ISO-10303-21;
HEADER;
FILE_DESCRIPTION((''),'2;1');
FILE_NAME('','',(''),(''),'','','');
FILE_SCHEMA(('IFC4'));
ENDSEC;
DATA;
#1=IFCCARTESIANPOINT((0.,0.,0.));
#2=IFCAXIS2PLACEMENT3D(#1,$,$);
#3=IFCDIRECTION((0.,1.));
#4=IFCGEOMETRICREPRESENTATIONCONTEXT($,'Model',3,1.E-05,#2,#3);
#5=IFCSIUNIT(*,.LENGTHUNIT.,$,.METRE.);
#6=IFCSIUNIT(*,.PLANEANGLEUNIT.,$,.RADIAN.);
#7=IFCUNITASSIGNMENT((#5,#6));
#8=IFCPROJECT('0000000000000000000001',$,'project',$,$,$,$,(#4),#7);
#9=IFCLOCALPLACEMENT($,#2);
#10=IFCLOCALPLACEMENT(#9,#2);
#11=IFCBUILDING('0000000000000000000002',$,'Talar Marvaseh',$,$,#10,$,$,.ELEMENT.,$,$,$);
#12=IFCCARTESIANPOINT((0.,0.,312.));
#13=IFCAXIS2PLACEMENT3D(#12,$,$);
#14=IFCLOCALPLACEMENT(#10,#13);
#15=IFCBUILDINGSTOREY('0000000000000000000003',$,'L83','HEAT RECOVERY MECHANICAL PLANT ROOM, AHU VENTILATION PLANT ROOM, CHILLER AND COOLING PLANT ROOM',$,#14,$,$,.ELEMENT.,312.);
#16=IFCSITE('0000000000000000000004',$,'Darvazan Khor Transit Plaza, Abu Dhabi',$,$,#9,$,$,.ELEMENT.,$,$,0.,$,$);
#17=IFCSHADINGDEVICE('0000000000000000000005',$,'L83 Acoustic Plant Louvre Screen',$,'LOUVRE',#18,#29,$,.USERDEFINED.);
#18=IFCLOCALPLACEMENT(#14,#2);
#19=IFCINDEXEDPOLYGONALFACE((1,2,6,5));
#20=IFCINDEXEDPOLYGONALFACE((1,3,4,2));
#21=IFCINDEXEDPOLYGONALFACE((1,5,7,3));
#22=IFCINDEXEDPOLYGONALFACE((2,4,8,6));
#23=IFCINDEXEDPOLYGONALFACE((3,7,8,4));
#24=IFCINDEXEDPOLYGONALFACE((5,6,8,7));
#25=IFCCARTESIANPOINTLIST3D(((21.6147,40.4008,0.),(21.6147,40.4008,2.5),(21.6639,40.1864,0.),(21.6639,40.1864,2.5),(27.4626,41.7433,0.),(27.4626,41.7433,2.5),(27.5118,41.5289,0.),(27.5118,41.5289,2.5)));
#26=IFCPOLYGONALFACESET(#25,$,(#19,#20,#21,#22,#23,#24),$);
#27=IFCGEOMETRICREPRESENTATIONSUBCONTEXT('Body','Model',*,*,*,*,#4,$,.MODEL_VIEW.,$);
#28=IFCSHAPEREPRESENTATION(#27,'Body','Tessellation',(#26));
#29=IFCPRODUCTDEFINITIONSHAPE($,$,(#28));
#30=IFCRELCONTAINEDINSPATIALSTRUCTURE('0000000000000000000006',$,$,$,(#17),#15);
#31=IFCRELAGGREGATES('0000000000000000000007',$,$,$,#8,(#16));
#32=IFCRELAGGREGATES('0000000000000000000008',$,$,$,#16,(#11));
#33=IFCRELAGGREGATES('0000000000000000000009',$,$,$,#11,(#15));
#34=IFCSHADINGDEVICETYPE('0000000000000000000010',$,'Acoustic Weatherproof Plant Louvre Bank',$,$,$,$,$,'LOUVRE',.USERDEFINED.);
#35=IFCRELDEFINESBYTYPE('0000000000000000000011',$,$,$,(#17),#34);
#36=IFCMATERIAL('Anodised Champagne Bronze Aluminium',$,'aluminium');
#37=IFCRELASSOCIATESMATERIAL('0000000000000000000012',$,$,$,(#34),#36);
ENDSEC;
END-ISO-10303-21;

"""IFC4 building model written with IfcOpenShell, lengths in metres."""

from ifc_helpers import new_model, si_unit, direction, frame, origin, origin_2d, place, context, subcontext, project, spatial, rectangle, extrude, source, transform, mapped, material, type_object, type_shapes, element, save


model = new_model("IFC4")

# Units and contexts
model_context = context("Model", 3, precision=1e-05, world=origin(), true_north=direction((0.0, 1.0)))
body_context = subcontext(model_context, "Body", "Model", "MODEL_VIEW")
ifc_project = project(units=[si_unit("LENGTHUNIT", "METRE"), si_unit("PLANEANGLEUNIT", "RADIAN")], contexts=[model_context])

# Site, building, storey
site_placement = place(None, origin())
site = spatial("IfcSite", under=ifc_project, at=site_placement, Name="Darvazan Khor Transit Plaza, Abu Dhabi", CompositionType="ELEMENT", RefElevation=0.0)
building_placement = place(site_placement, origin())
building = spatial("IfcBuilding", under=site, at=building_placement, Name="Talar Marvaseh", CompositionType="ELEMENT")
storey_placement = place(building_placement, frame((0.0, 0.0, 312.0)))
storey = spatial("IfcBuildingStorey", under=building, at=storey_placement, Name="L83", Description="HEAT RECOVERY MECHANICAL PLANT ROOM, AHU VENTILATION PLANT ROOM, CHILLER AND COOLING PLANT ROOM", CompositionType="ELEMENT", Elevation=312.0)

# Shading device
ifc_material_1 = material(Name="Anodised Champagne Bronze Aluminium", Category="aluminium")
shading_device_type = type_object("IfcShadingDeviceType", Name="Acoustic Weatherproof Plant Louvre Bank", ElementType="LOUVRE", PredefinedType="USERDEFINED", material=ifc_material_1)
shared_shape_1 = source(origin(), body_context, "Body", "SweptSolid", [
    extrude(rectangle(XDim=6.0, YDim=0.22, at=origin_2d()), origin(), (0.0, 0.0, 1.0), 2.5),
])
type_shapes(shading_device_type, [shared_shape_1])
shading_device_placement = place(storey_placement, frame((24.5632, 40.9648, 0.0), z_axis=(0.0, 0.0, 1.0), x_axis=(0.974644, 0.22376, 0.0)))
element("IfcShadingDevice", 1, at=shading_device_placement, inside=storey, type_object=shading_device_type, Name="L83 Acoustic Plant Louvre Screen", ObjectType="LOUVRE", PredefinedType="USERDEFINED", context=body_context, shape_type="MappedRepresentation", body=[
    mapped(shared_shape_1, transform((0.0, 0.0, 0.0), x_axis=(1.0, 0.0, 0.0), y_axis=(0.0, 1.0, 0.0), z_axis=(0.0, 0.0, 1.0), scale=1.0)),
])

save(model, "model.ifc")
